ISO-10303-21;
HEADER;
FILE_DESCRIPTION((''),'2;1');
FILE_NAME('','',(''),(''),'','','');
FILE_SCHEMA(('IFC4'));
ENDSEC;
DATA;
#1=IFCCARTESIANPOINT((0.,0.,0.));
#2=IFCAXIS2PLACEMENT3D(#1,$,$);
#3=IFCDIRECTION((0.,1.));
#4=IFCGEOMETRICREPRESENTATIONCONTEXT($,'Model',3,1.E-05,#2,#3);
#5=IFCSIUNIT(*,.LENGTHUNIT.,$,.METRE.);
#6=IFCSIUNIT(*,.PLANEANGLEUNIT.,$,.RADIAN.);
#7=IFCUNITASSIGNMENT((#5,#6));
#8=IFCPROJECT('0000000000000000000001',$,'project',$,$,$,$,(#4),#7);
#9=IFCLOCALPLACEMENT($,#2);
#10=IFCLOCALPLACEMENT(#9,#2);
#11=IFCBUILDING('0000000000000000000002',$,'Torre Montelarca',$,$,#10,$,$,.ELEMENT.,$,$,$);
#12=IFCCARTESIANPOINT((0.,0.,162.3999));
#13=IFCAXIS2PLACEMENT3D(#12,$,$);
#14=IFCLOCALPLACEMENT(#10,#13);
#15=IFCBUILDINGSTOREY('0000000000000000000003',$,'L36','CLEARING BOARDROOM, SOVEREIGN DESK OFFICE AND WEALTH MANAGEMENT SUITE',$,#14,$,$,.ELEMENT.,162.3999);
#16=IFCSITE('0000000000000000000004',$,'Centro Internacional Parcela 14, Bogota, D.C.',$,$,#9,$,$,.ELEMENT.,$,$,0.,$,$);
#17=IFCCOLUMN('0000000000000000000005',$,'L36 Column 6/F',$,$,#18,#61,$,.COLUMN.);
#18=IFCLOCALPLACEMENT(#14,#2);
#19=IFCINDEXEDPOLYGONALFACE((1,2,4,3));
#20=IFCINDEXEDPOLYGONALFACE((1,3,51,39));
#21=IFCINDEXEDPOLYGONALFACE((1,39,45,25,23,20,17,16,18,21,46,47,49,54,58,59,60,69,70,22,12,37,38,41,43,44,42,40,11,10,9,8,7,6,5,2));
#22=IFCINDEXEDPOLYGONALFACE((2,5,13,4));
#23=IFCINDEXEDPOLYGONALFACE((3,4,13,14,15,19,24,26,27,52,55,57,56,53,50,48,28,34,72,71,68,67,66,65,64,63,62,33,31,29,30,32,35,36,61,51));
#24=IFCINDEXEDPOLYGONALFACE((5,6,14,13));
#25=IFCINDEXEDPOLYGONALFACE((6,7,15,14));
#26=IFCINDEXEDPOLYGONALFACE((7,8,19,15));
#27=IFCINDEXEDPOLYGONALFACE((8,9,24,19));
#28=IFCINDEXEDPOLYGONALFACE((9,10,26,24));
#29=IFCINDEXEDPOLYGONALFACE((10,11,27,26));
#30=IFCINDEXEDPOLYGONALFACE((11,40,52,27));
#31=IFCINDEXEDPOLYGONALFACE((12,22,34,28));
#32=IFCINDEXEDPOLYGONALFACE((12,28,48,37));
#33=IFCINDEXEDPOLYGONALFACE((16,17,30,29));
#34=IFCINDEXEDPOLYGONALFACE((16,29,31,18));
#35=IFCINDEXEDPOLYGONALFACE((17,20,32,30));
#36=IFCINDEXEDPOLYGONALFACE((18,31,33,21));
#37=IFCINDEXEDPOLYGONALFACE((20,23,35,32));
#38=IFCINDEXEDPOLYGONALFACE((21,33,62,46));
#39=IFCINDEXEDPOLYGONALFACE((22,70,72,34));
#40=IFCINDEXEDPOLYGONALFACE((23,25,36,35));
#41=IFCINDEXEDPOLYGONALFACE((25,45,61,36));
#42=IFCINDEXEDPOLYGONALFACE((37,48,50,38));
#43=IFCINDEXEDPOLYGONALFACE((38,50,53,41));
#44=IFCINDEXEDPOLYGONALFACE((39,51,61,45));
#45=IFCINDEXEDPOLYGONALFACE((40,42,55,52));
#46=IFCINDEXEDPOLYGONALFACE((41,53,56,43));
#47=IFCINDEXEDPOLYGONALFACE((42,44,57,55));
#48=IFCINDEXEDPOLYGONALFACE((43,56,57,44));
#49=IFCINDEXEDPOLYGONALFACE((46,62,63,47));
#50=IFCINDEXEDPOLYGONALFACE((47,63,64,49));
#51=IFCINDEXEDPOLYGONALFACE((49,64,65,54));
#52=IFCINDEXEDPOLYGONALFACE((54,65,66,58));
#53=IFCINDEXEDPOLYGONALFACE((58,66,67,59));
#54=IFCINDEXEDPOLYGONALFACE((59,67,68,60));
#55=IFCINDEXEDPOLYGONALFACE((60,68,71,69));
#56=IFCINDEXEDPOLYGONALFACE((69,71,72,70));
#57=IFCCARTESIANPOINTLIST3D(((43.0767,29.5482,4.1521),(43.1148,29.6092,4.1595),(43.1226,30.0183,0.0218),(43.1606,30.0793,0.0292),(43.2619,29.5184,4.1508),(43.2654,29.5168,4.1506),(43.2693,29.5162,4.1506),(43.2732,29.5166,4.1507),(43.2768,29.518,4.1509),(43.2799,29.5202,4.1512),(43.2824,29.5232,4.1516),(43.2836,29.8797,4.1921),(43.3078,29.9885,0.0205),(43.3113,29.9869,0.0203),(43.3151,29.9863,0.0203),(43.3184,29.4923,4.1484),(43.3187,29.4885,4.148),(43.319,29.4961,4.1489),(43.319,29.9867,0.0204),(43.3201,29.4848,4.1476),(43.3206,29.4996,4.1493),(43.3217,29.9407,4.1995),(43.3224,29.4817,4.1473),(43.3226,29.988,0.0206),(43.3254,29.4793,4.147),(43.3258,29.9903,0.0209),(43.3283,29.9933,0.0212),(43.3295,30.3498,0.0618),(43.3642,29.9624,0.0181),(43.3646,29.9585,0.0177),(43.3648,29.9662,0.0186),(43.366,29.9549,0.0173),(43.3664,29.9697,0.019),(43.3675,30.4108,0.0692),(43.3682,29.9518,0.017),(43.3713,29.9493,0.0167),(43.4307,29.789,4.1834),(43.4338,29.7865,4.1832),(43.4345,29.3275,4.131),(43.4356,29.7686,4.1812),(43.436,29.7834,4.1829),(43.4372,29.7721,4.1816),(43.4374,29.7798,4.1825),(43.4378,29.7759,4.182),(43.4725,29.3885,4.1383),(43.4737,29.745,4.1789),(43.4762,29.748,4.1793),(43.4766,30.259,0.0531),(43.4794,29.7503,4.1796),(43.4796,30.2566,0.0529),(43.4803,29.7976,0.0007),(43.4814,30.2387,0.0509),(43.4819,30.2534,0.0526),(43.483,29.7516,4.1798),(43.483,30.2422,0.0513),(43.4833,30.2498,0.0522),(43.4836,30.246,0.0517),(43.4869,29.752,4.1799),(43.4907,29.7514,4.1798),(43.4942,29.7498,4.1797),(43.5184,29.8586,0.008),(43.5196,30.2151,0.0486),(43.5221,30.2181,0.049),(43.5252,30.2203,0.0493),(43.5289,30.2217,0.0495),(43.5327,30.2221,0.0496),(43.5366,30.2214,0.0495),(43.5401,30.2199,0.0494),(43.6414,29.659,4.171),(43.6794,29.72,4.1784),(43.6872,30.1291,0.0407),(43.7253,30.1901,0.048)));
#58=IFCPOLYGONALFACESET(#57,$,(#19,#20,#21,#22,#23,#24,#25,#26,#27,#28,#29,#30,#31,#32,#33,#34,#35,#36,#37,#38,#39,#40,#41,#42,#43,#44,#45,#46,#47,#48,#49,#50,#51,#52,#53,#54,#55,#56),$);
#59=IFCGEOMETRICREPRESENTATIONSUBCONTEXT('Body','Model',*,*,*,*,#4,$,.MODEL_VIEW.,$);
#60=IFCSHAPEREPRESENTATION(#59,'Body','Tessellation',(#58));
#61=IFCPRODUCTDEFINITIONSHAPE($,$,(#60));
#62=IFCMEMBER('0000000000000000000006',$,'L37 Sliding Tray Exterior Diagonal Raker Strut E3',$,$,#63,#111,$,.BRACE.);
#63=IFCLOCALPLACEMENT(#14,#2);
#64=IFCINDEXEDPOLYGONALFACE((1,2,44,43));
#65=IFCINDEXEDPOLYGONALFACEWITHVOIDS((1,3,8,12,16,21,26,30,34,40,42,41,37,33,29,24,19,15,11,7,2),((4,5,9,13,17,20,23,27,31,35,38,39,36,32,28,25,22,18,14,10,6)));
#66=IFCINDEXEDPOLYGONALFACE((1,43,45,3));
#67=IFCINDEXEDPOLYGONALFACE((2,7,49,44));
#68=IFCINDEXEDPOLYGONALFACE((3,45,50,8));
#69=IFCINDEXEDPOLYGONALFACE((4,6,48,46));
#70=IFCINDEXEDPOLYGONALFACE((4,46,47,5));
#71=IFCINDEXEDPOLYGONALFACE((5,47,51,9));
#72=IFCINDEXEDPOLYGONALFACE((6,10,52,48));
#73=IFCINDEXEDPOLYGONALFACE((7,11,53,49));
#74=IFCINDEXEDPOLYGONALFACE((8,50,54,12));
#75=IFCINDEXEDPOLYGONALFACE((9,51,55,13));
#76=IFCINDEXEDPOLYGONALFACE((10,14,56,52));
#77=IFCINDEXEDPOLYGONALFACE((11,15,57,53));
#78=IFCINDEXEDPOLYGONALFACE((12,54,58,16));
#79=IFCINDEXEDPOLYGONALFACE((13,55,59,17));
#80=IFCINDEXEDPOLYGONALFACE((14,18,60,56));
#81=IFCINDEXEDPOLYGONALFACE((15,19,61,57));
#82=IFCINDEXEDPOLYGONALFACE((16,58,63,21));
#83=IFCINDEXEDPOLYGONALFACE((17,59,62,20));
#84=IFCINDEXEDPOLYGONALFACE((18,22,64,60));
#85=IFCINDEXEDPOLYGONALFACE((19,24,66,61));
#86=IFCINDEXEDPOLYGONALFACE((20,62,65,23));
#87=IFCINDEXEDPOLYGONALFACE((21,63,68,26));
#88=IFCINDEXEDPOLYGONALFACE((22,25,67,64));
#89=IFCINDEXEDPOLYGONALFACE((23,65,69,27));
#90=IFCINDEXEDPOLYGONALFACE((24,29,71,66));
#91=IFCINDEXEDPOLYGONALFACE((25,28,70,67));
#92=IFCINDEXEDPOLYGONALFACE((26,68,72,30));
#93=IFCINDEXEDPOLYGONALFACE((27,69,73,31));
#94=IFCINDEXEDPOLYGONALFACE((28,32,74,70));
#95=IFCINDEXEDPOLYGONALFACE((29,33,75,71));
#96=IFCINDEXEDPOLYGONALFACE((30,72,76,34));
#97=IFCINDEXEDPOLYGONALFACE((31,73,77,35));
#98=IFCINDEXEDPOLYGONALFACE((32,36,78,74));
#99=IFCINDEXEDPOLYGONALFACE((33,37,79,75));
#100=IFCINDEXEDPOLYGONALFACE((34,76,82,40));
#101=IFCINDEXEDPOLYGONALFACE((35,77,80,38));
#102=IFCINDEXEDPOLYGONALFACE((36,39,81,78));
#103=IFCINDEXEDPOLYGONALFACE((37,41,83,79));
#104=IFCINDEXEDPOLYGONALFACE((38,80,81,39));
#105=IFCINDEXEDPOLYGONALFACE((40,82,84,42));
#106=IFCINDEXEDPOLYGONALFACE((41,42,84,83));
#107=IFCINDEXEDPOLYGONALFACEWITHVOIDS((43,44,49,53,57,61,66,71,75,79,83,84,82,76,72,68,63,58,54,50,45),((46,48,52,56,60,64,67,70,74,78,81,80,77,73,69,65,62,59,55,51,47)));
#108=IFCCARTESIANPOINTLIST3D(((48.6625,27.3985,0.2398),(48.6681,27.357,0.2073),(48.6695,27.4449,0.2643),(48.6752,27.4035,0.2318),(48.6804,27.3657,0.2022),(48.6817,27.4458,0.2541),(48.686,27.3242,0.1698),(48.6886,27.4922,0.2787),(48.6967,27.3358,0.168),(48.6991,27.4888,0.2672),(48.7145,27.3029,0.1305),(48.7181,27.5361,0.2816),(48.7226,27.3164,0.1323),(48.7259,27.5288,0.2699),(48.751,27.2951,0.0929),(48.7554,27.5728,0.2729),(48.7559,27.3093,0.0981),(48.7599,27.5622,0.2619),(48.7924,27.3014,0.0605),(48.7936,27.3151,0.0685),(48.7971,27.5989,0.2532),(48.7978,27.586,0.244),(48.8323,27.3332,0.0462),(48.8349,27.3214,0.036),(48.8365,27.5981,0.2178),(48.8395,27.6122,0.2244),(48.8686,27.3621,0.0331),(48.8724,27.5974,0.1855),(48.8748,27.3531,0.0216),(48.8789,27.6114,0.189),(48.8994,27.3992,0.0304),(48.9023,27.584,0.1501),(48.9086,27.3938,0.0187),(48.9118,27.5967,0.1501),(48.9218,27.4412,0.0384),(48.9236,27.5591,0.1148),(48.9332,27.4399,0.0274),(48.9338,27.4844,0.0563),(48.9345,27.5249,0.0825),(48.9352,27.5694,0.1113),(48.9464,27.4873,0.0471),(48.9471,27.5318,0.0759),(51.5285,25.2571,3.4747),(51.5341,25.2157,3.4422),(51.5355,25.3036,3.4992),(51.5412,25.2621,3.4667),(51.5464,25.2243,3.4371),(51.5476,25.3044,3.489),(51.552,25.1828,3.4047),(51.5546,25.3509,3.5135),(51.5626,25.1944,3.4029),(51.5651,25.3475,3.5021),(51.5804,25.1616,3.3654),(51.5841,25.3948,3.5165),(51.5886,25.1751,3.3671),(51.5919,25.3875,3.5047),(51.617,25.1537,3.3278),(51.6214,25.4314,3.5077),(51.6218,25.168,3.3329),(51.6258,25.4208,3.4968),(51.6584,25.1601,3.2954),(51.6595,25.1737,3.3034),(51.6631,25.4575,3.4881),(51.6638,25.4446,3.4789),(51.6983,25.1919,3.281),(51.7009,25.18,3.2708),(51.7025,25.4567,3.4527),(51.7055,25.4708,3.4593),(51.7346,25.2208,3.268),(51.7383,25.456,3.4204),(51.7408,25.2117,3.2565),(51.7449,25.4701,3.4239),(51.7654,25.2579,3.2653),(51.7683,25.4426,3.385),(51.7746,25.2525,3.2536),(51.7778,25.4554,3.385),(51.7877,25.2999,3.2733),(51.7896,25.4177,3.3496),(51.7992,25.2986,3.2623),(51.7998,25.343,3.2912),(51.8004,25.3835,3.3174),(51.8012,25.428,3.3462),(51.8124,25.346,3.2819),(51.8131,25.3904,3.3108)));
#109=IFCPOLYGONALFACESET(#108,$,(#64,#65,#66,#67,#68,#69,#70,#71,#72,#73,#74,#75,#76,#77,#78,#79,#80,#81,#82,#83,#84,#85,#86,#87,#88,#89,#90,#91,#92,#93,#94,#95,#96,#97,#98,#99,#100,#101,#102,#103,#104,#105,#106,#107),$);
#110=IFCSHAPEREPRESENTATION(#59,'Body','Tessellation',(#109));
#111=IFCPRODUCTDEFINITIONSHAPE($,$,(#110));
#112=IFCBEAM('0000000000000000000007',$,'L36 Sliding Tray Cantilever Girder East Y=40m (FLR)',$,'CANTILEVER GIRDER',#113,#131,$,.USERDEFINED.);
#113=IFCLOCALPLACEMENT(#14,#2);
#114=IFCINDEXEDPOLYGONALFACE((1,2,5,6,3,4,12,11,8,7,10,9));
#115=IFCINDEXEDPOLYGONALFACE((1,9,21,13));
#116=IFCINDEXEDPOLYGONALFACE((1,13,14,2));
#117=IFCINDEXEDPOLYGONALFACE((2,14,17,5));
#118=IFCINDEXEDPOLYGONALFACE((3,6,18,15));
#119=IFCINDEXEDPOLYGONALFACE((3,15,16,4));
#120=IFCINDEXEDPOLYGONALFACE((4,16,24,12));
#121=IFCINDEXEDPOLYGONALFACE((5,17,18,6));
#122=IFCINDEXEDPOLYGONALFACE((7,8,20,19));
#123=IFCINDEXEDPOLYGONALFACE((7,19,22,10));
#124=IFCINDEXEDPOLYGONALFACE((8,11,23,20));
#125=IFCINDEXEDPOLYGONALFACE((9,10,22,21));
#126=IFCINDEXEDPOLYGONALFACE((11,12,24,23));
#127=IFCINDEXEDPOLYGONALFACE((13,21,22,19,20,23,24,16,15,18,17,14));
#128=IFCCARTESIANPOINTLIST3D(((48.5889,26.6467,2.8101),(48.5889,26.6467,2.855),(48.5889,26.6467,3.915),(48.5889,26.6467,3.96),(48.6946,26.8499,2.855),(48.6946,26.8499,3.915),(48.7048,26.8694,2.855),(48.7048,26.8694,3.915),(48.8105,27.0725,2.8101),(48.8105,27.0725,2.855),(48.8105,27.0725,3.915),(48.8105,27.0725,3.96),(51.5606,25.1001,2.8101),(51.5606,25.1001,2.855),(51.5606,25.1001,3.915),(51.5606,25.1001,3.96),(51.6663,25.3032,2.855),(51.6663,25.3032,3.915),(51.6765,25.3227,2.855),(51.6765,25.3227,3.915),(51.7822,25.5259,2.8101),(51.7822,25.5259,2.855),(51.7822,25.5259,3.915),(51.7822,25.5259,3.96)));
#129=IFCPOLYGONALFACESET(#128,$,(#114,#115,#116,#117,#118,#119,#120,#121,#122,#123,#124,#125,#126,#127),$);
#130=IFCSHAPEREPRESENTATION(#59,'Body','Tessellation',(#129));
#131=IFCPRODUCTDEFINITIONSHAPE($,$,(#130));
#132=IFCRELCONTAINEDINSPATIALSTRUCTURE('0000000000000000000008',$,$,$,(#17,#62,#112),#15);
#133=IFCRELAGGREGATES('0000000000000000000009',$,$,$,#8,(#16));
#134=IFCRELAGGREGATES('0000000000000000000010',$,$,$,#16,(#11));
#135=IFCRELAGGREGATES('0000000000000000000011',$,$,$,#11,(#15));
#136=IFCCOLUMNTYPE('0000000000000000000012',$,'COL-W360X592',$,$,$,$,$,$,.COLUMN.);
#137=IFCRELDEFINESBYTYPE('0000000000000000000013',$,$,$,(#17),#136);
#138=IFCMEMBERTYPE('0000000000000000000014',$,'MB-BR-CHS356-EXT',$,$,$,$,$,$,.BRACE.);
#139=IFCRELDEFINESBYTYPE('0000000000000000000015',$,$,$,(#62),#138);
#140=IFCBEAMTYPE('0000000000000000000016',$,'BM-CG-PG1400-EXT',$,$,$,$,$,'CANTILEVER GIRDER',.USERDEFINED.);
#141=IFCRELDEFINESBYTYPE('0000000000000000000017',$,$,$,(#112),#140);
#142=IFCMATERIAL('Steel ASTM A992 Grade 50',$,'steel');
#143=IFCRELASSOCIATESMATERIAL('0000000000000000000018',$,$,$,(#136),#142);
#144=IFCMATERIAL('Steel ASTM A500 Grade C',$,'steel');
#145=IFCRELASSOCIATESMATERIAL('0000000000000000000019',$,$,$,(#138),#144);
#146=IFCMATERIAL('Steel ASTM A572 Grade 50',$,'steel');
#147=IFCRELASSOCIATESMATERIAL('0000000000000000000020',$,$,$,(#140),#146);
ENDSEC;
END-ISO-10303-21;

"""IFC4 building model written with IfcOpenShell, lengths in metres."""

from ifc_helpers import new_model, si_unit, direction, frame, origin, origin_2d, place, context, subcontext, project, spatial, hollow_circle, i_section, extrude, clip, halfspace, source, transform, mapped, material, material_profile, profile_set, type_object, element, save


model = new_model("IFC4")

# Units and contexts
model_context = context("Model", 3, precision=1e-05, world=origin(), true_north=direction((0.0, 1.0)))
body_context = subcontext(model_context, "Body", "Model", "MODEL_VIEW")
ifc_project = project(units=[si_unit("LENGTHUNIT", "METRE"), si_unit("PLANEANGLEUNIT", "RADIAN")], contexts=[model_context])

# Site, building, storey
site_placement = place(None, origin())
site = spatial("IfcSite", under=ifc_project, at=site_placement, Name="Centro Internacional Parcela 14, Bogota, D.C.", CompositionType="ELEMENT", RefElevation=0.0)
building_placement = place(site_placement, origin())
building = spatial("IfcBuilding", under=site, at=building_placement, Name="Torre Montelarca", CompositionType="ELEMENT")
storey_placement = place(building_placement, frame((0.0, 0.0, 162.3999)))
storey = spatial("IfcBuildingStorey", under=building, at=storey_placement, Name="L36", Description="CLEARING BOARDROOM, SOVEREIGN DESK OFFICE AND WEALTH MANAGEMENT SUITE", CompositionType="ELEMENT", Elevation=162.3999)

# Column
ifc_material_1 = material(Name="Steel ASTM A992 Grade 50", Category="steel")
ifc_material_profile_1 = material_profile(ifc_material_1, i_section(OverallWidth=0.4209, OverallDepth=0.4651, WebThickness=0.0449, FlangeThickness=0.0723, FilletRadius=0.0149, at=origin_2d()), Name="W360X592", Category="steel")
ifc_profile_set_1 = profile_set([ifc_material_profile_1], Name="Steel ASTM A992 Grade 50")
column_type_1 = type_object("IfcColumnType", Name="COL-W360X592", PredefinedType="COLUMN", material=ifc_profile_set_1)
column_1_placement = place(storey_placement, frame((43.4243, 30.1082, 0.0), z_axis=(-0.01103, -0.113074, 0.993525), x_axis=(-0.849973, 0.524424, 0.050249)))
element("IfcColumn", 1, at=column_1_placement, inside=storey, type_object=column_type_1, Name="L36 Column 6/F", PredefinedType="COLUMN", context=body_context, shape_type="Clipping", body=[
    clip(clip(extrude(i_section(OverallWidth=0.4209, OverallDepth=0.4651, WebThickness=0.0449, FlangeThickness=0.0723, FilletRadius=0.0149, at=origin_2d()), origin(), (0.0, 0.0, 1.0), 4.2275), halfspace(frame((0.0, 0.0, 0.0352), z_axis=(0.0, 0.0, -1.0), x_axis=(1.0, 0.0, 0.0)), False)), halfspace(frame((0.0, 0.0, 4.1924), z_axis=(0.0, 0.0, 1.0), x_axis=(1.0, 0.0, 0.0)), False)),
])

# Member
ifc_material_2 = material(Name="Steel ASTM A500 Grade C", Category="steel")
ifc_material_profile_2 = material_profile(ifc_material_2, hollow_circle(Radius=0.1777, WallThickness=0.0159, at=origin_2d()), Name="HSS355.6X15.9", Category="steel")
ifc_profile_set_2 = profile_set([ifc_material_profile_2], Name="Steel ASTM A500 Grade C")
member_type_1 = type_object("IfcMemberType", Name="MB-BR-CHS356-EXT", PredefinedType="BRACE", material=ifc_profile_set_2)
shared_shape_1 = source(origin(), body_context, "Body", "SweptSolid", [
    extrude(hollow_circle(Radius=0.1777, WallThickness=0.0159, at=origin_2d()), origin(), (0.0, 0.0, 1.0), 4.8232),
])
member_1_placement = place(storey_placement, frame((48.8054, 27.4543, 0.1501), z_axis=(0.594201, -0.443968, 0.670684), x_axis=(0.598547, 0.801088, 0.0)))
element("IfcMember", 2, at=member_1_placement, inside=storey, type_object=member_type_1, Name="L37 Sliding Tray Exterior Diagonal Raker Strut E3", PredefinedType="BRACE", context=body_context, shape_type="MappedRepresentation", body=[
    mapped(shared_shape_1, transform((0.0, 0.0, 0.0), scale=1.0)),
])

# Beam
ifc_material_3 = material(Name="Steel ASTM A572 Grade 50", Category="steel")
ifc_material_profile_3 = material_profile(ifc_material_3, i_section(OverallWidth=0.48, OverallDepth=1.1499, WebThickness=0.022, FlangeThickness=0.0449, at=origin_2d()), Name="PG1150X480X22X45", Category="steel")
ifc_profile_set_3 = profile_set([ifc_material_profile_3], Name="Steel ASTM A572 Grade 50")
beam_type = type_object("IfcBeamType", Name="BM-CG-PG1400-EXT", ElementType="CANTILEVER GIRDER", PredefinedType="USERDEFINED", material=ifc_profile_set_3)
shared_shape_2 = source(origin(), body_context, "Body", "SweptSolid", [
    extrude(i_section(OverallWidth=0.48, OverallDepth=1.1499, WebThickness=0.022, FlangeThickness=0.0449, at=origin_2d()), origin(), (0.0, 0.0, 1.0), 3.3501),
])
beam_placement = place(storey_placement, frame((48.6997, 26.8596, 3.385), z_axis=(0.887051, -0.461672, 0.0), x_axis=(0.461672, 0.887051, 0.0)))
element("IfcBeam", 3, at=beam_placement, inside=storey, type_object=beam_type, Name="L36 Sliding Tray Cantilever Girder East Y=40m (FLR)", ObjectType="CANTILEVER GIRDER", PredefinedType="USERDEFINED", context=body_context, shape_type="MappedRepresentation", body=[
    mapped(shared_shape_2, transform((0.0, 0.0, 0.0), scale=1.0)),
])

save(model, "model.ifc")
